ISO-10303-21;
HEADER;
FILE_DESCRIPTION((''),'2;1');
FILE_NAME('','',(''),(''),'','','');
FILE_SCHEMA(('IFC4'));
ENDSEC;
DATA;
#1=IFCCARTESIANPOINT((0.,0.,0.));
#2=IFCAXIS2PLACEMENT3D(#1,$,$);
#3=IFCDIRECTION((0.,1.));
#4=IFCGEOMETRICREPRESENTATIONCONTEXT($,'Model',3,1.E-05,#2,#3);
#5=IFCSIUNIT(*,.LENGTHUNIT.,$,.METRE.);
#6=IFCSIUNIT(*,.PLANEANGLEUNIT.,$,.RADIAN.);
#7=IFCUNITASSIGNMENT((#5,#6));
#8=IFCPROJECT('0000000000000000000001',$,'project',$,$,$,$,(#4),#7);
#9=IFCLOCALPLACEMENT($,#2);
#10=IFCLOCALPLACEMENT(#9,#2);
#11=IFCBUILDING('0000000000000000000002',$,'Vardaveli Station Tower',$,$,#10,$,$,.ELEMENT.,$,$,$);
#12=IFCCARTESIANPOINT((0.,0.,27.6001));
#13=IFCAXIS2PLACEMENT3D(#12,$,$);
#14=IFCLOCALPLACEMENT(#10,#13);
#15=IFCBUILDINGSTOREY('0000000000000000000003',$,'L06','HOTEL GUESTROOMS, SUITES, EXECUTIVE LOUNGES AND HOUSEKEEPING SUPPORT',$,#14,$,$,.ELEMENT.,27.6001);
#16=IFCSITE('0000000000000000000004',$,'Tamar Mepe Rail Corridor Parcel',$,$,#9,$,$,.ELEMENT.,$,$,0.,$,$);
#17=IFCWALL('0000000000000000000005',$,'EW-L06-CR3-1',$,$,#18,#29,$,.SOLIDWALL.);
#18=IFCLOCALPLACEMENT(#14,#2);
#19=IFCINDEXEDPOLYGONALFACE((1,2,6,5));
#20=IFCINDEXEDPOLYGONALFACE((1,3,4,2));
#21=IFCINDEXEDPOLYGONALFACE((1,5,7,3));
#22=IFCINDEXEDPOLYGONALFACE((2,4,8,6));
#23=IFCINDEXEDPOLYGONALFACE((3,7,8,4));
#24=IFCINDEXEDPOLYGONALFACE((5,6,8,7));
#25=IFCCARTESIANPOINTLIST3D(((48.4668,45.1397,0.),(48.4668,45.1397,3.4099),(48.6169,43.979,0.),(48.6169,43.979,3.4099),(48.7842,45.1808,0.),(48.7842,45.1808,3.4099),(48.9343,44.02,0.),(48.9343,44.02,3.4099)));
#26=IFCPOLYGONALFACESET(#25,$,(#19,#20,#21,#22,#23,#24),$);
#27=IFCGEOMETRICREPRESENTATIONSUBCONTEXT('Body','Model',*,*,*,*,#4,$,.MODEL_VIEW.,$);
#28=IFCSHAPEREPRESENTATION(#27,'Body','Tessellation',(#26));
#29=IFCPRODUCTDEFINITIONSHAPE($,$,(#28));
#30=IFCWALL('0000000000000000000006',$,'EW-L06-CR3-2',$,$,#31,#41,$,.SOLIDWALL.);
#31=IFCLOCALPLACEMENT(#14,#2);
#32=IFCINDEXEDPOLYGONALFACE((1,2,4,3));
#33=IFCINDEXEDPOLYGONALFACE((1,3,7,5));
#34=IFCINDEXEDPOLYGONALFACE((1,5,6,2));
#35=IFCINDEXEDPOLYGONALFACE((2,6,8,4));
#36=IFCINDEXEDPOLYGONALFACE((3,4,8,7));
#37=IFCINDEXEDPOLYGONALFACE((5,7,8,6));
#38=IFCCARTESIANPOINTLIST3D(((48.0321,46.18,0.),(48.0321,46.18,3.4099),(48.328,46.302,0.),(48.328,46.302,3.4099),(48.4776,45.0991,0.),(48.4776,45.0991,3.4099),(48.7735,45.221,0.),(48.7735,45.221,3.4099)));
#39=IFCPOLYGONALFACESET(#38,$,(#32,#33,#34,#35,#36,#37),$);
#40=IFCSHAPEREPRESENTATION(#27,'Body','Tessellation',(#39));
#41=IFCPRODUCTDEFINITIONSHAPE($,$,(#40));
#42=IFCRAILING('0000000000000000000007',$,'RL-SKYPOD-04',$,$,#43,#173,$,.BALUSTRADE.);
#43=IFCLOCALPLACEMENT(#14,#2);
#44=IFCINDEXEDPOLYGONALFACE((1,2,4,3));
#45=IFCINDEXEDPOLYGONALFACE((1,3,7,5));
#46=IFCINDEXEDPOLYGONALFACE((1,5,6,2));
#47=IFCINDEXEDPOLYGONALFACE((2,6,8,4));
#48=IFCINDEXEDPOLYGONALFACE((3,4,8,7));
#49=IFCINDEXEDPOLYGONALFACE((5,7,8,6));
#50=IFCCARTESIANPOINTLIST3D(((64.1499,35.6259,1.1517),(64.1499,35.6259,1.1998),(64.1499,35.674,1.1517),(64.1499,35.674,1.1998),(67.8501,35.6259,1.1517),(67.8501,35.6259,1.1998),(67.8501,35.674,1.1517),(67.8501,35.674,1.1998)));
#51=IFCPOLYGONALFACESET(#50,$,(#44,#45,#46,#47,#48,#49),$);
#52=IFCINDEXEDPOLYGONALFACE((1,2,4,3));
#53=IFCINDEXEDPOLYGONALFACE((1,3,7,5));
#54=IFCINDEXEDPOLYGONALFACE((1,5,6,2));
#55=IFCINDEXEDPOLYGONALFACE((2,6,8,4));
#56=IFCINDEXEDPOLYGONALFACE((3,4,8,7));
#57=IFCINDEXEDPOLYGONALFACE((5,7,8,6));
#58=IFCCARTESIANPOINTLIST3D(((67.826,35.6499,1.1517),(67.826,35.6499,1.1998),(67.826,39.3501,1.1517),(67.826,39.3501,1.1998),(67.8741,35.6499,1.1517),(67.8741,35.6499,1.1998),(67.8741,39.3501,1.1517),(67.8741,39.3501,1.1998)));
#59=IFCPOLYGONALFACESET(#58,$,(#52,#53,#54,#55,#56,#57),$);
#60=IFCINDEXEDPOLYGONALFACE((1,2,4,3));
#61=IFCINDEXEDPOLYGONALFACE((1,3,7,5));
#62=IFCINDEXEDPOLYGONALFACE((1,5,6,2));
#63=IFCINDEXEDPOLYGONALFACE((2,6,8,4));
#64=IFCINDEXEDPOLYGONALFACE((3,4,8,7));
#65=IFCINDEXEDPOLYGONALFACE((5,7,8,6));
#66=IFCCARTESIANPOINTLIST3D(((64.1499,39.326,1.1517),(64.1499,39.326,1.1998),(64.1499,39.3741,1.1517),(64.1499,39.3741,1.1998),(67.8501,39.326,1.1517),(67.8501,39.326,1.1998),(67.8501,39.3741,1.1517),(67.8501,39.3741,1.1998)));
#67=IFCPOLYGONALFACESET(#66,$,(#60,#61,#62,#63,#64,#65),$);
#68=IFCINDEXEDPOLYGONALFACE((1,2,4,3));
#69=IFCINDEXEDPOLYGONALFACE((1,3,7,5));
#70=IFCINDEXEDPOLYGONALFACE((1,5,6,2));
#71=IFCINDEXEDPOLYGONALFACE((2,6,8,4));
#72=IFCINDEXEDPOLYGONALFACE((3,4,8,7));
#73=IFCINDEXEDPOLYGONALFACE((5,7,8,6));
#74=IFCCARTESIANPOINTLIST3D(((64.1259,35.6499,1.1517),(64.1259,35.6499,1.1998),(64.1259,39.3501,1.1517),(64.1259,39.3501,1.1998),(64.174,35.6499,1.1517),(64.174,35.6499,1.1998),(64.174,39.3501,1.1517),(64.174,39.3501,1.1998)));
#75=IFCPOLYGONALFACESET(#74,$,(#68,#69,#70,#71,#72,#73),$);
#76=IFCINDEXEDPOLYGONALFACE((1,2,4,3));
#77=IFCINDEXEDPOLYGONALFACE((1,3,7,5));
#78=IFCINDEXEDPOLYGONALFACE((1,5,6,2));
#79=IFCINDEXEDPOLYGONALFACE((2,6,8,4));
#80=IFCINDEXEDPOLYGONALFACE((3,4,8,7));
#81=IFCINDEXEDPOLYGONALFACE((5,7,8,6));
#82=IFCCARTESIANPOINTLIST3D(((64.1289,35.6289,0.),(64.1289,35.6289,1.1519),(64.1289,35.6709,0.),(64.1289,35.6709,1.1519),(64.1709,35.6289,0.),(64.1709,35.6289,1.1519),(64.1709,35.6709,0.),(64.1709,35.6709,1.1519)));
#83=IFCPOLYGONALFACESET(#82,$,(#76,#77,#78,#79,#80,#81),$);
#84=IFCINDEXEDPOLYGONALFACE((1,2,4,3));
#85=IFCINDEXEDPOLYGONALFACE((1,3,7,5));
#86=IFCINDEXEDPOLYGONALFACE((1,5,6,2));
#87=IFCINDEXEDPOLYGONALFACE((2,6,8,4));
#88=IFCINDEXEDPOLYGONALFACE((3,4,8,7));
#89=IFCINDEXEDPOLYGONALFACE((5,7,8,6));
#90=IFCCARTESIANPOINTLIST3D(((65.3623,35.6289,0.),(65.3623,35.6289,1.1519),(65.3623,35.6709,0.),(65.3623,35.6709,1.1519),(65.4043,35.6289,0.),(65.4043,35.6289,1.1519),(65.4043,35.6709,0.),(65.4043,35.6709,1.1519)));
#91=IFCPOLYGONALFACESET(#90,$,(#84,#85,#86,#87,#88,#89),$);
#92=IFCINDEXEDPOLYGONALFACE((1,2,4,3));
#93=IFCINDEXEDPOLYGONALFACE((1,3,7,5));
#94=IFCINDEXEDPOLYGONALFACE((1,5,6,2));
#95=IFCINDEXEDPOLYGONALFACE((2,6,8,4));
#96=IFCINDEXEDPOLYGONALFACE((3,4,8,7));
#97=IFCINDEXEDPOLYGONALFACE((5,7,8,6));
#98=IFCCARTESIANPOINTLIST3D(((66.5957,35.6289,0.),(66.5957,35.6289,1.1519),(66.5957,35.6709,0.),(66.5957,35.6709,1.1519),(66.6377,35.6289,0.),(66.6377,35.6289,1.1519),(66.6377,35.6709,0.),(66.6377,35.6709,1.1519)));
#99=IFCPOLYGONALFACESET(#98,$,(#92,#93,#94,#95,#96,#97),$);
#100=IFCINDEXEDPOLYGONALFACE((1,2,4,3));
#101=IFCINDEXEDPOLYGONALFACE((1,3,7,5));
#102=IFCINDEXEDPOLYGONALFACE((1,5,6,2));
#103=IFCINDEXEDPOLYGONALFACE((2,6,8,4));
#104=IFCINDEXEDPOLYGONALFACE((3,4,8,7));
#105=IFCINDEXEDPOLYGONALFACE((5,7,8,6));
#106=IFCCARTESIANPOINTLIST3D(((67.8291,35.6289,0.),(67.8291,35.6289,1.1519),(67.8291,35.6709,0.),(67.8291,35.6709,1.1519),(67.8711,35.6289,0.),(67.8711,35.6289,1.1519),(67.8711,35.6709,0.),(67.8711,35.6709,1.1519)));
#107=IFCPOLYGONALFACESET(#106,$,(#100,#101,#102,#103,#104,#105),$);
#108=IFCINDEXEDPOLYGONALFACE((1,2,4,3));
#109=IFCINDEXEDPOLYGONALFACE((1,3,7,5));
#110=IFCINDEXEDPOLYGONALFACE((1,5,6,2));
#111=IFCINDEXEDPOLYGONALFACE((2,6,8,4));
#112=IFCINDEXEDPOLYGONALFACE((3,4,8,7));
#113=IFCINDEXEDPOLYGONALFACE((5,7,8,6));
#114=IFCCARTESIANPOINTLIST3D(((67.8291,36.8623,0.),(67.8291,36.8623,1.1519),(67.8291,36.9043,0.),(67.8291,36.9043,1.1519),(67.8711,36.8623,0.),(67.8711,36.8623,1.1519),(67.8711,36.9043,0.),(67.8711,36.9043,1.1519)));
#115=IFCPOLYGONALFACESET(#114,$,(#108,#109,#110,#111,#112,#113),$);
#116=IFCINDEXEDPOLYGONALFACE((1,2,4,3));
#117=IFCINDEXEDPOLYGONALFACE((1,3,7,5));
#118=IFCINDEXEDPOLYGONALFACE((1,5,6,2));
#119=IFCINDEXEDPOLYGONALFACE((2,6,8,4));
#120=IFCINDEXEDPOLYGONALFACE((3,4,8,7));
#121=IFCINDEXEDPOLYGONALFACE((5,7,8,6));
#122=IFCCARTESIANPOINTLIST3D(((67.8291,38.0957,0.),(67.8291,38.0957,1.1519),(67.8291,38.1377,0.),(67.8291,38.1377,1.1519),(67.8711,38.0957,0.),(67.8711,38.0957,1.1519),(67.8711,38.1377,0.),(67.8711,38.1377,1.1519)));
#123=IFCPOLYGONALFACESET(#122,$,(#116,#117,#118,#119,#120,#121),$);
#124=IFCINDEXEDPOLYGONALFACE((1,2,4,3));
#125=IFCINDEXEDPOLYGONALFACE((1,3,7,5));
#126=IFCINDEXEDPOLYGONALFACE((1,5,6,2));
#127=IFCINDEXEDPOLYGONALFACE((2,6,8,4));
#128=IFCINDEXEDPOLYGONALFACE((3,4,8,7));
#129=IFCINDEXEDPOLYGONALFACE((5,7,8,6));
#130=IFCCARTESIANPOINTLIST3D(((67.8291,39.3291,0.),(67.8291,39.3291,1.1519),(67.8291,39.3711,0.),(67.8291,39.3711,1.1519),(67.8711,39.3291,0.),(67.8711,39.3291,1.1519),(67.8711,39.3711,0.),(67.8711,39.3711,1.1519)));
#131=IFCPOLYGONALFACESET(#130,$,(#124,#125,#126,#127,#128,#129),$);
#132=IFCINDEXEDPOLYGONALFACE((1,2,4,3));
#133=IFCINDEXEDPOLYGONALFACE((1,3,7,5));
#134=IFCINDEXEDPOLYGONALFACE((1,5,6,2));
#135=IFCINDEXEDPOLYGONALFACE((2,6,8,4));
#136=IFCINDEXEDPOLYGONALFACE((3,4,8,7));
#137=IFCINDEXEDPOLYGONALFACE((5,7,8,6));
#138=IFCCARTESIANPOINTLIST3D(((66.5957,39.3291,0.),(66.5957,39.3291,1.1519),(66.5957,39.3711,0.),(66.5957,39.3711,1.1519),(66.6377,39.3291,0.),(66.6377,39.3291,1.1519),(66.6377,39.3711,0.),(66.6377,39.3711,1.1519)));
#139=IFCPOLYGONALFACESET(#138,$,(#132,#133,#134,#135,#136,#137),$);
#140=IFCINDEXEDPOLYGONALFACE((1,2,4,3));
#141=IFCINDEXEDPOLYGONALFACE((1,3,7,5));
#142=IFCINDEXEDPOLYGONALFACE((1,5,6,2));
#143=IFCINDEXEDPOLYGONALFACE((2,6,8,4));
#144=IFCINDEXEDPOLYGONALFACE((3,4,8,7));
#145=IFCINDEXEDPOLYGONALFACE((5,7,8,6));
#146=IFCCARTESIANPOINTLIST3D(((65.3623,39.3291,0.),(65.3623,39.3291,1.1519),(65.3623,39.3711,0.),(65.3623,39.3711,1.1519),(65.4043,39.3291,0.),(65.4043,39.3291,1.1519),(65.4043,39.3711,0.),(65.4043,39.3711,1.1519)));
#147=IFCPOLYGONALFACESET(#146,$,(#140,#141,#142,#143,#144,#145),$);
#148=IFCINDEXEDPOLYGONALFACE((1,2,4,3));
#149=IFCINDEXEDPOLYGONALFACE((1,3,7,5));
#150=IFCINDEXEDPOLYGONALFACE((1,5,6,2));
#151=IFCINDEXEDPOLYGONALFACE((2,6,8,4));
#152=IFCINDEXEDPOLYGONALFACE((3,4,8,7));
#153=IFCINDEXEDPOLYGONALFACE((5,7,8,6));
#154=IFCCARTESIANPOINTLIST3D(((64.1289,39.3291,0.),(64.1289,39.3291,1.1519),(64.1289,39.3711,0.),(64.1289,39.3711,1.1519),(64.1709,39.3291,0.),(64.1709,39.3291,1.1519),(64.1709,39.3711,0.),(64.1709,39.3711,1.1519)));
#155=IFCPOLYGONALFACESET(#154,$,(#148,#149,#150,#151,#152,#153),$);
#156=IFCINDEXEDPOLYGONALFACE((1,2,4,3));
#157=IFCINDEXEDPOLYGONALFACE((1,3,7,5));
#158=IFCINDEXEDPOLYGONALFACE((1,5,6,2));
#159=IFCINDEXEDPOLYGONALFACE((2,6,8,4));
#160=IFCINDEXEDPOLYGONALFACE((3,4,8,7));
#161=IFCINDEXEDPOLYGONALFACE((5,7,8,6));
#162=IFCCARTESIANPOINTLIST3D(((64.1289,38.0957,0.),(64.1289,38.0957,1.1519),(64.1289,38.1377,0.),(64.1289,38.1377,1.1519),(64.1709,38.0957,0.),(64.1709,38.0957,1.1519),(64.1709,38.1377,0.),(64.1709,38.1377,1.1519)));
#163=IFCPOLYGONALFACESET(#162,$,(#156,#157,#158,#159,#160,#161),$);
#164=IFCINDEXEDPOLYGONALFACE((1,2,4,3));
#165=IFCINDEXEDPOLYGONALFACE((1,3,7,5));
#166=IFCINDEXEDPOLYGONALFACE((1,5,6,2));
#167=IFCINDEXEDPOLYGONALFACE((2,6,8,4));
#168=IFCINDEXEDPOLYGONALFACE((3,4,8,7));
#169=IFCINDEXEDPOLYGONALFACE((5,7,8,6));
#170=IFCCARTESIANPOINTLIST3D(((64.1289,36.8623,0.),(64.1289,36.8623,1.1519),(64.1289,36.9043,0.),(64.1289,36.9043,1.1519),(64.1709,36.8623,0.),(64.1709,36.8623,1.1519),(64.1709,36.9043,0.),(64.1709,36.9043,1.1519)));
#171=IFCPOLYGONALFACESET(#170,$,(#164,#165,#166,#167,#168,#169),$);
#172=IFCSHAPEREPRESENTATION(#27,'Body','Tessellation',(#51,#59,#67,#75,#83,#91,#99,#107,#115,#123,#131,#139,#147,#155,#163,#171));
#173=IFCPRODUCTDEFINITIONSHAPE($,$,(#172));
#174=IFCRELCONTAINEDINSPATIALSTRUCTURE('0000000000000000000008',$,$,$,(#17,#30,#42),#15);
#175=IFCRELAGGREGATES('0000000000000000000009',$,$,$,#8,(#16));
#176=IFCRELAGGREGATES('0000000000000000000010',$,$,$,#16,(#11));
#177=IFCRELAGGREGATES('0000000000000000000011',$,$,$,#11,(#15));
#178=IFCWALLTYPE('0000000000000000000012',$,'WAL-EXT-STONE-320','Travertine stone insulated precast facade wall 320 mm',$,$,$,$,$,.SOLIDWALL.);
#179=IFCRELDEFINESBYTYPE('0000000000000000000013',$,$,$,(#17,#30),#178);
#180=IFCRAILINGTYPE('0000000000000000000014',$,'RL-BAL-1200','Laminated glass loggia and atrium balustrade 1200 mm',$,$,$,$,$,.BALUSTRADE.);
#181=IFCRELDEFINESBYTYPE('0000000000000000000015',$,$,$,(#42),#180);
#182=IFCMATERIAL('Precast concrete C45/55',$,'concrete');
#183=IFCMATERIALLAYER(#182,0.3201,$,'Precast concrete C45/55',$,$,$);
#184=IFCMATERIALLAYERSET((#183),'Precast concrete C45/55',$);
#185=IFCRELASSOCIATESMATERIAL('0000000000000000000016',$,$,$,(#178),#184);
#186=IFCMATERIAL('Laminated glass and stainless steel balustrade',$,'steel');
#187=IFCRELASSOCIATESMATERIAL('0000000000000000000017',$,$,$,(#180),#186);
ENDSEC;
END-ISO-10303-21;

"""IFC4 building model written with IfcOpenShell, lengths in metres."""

from ifc_helpers import new_model, si_unit, direction, frame, frame_2d, origin, origin_2d, place, context, subcontext, project, spatial, rectangle, extrude, source, transform, mapped, material, layer, layer_set, type_object, element, save


model = new_model("IFC4")

# Units and contexts
model_context = context("Model", 3, precision=1e-05, world=origin(), true_north=direction((0.0, 1.0)))
body_context = subcontext(model_context, "Body", "Model", "MODEL_VIEW")
ifc_project = project(units=[si_unit("LENGTHUNIT", "METRE"), si_unit("PLANEANGLEUNIT", "RADIAN")], contexts=[model_context])

# Site, building, storey
site_placement = place(None, origin())
site = spatial("IfcSite", under=ifc_project, at=site_placement, Name="Tamar Mepe Rail Corridor Parcel", CompositionType="ELEMENT", RefElevation=0.0)
building_placement = place(site_placement, origin())
building = spatial("IfcBuilding", under=site, at=building_placement, Name="Vardaveli Station Tower", CompositionType="ELEMENT")
storey_placement = place(building_placement, frame((0.0, 0.0, 27.6001)))
storey = spatial("IfcBuildingStorey", under=building, at=storey_placement, Name="L06", Description="HOTEL GUESTROOMS, SUITES, EXECUTIVE LOUNGES AND HOUSEKEEPING SUPPORT", CompositionType="ELEMENT", Elevation=27.6001)

# Shared definitions
ifc_material_1 = material(Name="Precast concrete C45/55", Category="concrete")
ifc_layer_1 = layer(ifc_material_1, 0.3201, Name="Precast concrete C45/55")
ifc_layer_set_1 = layer_set([ifc_layer_1], Name="Precast concrete C45/55")
wall_type = type_object("IfcWallType", Name="WAL-EXT-STONE-320", Description="Travertine stone insulated precast facade wall 320 mm", PredefinedType="SOLIDWALL", material=ifc_layer_set_1)

# Walls
shared_shape_1 = source(origin(), body_context, "Body", "SweptSolid", [
    extrude(rectangle(XDim=1.1704, YDim=0.3201, at=frame_2d((0.5852, 0.0))), origin(), (0.0, 0.0, 1.0), 3.4099),
])
wall_1_placement = place(storey_placement, frame((48.7756, 43.9995, 0.0), z_axis=(0.0, 0.0, 1.0), x_axis=(-0.128296, 0.991736, 0.0)))
element("IfcWall", 1, at=wall_1_placement, inside=storey, type_object=wall_type, Name="EW-L06-CR3-1", PredefinedType="SOLIDWALL", context=body_context, shape_type="MappedRepresentation", body=[
    mapped(shared_shape_1, transform((0.0, 0.0, 0.0), scale=1.0)),
])
shared_shape_2 = source(origin(), body_context, "Body", "SweptSolid", [
    extrude(rectangle(XDim=1.1692, YDim=0.3201, at=frame_2d((0.5845, 0.0))), origin(), (0.0, 0.0, 1.0), 3.4099),
])
wall_2_placement = place(storey_placement, frame((48.6255, 45.1602, 0.0), z_axis=(0.0, 0.0, 1.0), x_axis=(-0.381054, 0.924553, 0.0)))
element("IfcWall", 2, at=wall_2_placement, inside=storey, type_object=wall_type, Name="EW-L06-CR3-2", PredefinedType="SOLIDWALL", context=body_context, shape_type="MappedRepresentation", body=[
    mapped(shared_shape_2, transform((0.0, 0.0, 0.0), scale=1.0)),
])

# Railing
ifc_material_2 = material(Name="Laminated glass and stainless steel balustrade", Category="steel")
railing_type = type_object("IfcRailingType", Name="RL-BAL-1200", Description="Laminated glass loggia and atrium balustrade 1200 mm", PredefinedType="BALUSTRADE", material=ifc_material_2)
shared_shape_3 = source(origin(), body_context, "Body", "SweptSolid", [
    extrude(rectangle(XDim=0.0481, YDim=0.0481, at=origin_2d()), frame((0.0, 0.0, 1.1758), z_axis=(1.0, 0.0, 0.0), x_axis=(0.0, 1.0, 0.0)), (0.0, 0.0, 1.0), 3.7002),
    extrude(rectangle(XDim=0.0481, YDim=0.0481, at=origin_2d()), frame((3.7002, 0.0, 1.1758), z_axis=(0.0, 1.0, 0.0), x_axis=(-1.0, 0.0, 0.0)), (0.0, 0.0, 1.0), 3.7002),
    extrude(rectangle(XDim=0.0481, YDim=0.0481, at=origin_2d()), frame((3.7002, 3.7002, 1.1758), z_axis=(-1.0, 0.0, 0.0), x_axis=(0.0, -1.0, 0.0)), (0.0, 0.0, 1.0), 3.7002),
    extrude(rectangle(XDim=0.0481, YDim=0.0481, at=origin_2d()), frame((0.0, 3.7002, 1.1758), z_axis=(0.0, -1.0, 0.0), x_axis=(1.0, 0.0, 0.0)), (0.0, 0.0, 1.0), 3.7002),
    extrude(rectangle(XDim=0.042, YDim=0.042, at=origin_2d()), origin(), (0.0, 0.0, 1.0), 1.1519),
    extrude(rectangle(XDim=0.042, YDim=0.042, at=origin_2d()), frame((1.2334, 0.0, 0.0)), (0.0, 0.0, 1.0), 1.1519),
    extrude(rectangle(XDim=0.042, YDim=0.042, at=origin_2d()), frame((2.4668, 0.0, 0.0)), (0.0, 0.0, 1.0), 1.1519),
    extrude(rectangle(XDim=0.042, YDim=0.042, at=origin_2d()), frame((3.7002, 0.0, 0.0)), (0.0, 0.0, 1.0), 1.1519),
    extrude(rectangle(XDim=0.042, YDim=0.042, at=origin_2d()), frame((3.7002, 1.2334, 0.0)), (0.0, 0.0, 1.0), 1.1519),
    extrude(rectangle(XDim=0.042, YDim=0.042, at=origin_2d()), frame((3.7002, 2.4668, 0.0)), (0.0, 0.0, 1.0), 1.1519),
    extrude(rectangle(XDim=0.042, YDim=0.042, at=origin_2d()), frame((3.7002, 3.7002, 0.0)), (0.0, 0.0, 1.0), 1.1519),
    extrude(rectangle(XDim=0.042, YDim=0.042, at=origin_2d()), frame((2.4668, 3.7002, 0.0)), (0.0, 0.0, 1.0), 1.1519),
    extrude(rectangle(XDim=0.042, YDim=0.042, at=origin_2d()), frame((1.2334, 3.7002, 0.0)), (0.0, 0.0, 1.0), 1.1519),
    extrude(rectangle(XDim=0.042, YDim=0.042, at=origin_2d()), frame((0.0, 3.7002, 0.0)), (0.0, 0.0, 1.0), 1.1519),
    extrude(rectangle(XDim=0.042, YDim=0.042, at=origin_2d()), frame((0.0, 2.4668, 0.0)), (0.0, 0.0, 1.0), 1.1519),
    extrude(rectangle(XDim=0.042, YDim=0.042, at=origin_2d()), frame((0.0, 1.2334, 0.0)), (0.0, 0.0, 1.0), 1.1519),
])
railing_1_placement = place(storey_placement, frame((64.1499, 35.6499, 0.0)))
element("IfcRailing", 3, at=railing_1_placement, inside=storey, type_object=railing_type, Name="RL-SKYPOD-04", PredefinedType="BALUSTRADE", context=body_context, shape_type="MappedRepresentation", body=[
    mapped(shared_shape_3, transform((0.0, 0.0, 0.0), scale=1.0)),
])

save(model, "model.ifc")
